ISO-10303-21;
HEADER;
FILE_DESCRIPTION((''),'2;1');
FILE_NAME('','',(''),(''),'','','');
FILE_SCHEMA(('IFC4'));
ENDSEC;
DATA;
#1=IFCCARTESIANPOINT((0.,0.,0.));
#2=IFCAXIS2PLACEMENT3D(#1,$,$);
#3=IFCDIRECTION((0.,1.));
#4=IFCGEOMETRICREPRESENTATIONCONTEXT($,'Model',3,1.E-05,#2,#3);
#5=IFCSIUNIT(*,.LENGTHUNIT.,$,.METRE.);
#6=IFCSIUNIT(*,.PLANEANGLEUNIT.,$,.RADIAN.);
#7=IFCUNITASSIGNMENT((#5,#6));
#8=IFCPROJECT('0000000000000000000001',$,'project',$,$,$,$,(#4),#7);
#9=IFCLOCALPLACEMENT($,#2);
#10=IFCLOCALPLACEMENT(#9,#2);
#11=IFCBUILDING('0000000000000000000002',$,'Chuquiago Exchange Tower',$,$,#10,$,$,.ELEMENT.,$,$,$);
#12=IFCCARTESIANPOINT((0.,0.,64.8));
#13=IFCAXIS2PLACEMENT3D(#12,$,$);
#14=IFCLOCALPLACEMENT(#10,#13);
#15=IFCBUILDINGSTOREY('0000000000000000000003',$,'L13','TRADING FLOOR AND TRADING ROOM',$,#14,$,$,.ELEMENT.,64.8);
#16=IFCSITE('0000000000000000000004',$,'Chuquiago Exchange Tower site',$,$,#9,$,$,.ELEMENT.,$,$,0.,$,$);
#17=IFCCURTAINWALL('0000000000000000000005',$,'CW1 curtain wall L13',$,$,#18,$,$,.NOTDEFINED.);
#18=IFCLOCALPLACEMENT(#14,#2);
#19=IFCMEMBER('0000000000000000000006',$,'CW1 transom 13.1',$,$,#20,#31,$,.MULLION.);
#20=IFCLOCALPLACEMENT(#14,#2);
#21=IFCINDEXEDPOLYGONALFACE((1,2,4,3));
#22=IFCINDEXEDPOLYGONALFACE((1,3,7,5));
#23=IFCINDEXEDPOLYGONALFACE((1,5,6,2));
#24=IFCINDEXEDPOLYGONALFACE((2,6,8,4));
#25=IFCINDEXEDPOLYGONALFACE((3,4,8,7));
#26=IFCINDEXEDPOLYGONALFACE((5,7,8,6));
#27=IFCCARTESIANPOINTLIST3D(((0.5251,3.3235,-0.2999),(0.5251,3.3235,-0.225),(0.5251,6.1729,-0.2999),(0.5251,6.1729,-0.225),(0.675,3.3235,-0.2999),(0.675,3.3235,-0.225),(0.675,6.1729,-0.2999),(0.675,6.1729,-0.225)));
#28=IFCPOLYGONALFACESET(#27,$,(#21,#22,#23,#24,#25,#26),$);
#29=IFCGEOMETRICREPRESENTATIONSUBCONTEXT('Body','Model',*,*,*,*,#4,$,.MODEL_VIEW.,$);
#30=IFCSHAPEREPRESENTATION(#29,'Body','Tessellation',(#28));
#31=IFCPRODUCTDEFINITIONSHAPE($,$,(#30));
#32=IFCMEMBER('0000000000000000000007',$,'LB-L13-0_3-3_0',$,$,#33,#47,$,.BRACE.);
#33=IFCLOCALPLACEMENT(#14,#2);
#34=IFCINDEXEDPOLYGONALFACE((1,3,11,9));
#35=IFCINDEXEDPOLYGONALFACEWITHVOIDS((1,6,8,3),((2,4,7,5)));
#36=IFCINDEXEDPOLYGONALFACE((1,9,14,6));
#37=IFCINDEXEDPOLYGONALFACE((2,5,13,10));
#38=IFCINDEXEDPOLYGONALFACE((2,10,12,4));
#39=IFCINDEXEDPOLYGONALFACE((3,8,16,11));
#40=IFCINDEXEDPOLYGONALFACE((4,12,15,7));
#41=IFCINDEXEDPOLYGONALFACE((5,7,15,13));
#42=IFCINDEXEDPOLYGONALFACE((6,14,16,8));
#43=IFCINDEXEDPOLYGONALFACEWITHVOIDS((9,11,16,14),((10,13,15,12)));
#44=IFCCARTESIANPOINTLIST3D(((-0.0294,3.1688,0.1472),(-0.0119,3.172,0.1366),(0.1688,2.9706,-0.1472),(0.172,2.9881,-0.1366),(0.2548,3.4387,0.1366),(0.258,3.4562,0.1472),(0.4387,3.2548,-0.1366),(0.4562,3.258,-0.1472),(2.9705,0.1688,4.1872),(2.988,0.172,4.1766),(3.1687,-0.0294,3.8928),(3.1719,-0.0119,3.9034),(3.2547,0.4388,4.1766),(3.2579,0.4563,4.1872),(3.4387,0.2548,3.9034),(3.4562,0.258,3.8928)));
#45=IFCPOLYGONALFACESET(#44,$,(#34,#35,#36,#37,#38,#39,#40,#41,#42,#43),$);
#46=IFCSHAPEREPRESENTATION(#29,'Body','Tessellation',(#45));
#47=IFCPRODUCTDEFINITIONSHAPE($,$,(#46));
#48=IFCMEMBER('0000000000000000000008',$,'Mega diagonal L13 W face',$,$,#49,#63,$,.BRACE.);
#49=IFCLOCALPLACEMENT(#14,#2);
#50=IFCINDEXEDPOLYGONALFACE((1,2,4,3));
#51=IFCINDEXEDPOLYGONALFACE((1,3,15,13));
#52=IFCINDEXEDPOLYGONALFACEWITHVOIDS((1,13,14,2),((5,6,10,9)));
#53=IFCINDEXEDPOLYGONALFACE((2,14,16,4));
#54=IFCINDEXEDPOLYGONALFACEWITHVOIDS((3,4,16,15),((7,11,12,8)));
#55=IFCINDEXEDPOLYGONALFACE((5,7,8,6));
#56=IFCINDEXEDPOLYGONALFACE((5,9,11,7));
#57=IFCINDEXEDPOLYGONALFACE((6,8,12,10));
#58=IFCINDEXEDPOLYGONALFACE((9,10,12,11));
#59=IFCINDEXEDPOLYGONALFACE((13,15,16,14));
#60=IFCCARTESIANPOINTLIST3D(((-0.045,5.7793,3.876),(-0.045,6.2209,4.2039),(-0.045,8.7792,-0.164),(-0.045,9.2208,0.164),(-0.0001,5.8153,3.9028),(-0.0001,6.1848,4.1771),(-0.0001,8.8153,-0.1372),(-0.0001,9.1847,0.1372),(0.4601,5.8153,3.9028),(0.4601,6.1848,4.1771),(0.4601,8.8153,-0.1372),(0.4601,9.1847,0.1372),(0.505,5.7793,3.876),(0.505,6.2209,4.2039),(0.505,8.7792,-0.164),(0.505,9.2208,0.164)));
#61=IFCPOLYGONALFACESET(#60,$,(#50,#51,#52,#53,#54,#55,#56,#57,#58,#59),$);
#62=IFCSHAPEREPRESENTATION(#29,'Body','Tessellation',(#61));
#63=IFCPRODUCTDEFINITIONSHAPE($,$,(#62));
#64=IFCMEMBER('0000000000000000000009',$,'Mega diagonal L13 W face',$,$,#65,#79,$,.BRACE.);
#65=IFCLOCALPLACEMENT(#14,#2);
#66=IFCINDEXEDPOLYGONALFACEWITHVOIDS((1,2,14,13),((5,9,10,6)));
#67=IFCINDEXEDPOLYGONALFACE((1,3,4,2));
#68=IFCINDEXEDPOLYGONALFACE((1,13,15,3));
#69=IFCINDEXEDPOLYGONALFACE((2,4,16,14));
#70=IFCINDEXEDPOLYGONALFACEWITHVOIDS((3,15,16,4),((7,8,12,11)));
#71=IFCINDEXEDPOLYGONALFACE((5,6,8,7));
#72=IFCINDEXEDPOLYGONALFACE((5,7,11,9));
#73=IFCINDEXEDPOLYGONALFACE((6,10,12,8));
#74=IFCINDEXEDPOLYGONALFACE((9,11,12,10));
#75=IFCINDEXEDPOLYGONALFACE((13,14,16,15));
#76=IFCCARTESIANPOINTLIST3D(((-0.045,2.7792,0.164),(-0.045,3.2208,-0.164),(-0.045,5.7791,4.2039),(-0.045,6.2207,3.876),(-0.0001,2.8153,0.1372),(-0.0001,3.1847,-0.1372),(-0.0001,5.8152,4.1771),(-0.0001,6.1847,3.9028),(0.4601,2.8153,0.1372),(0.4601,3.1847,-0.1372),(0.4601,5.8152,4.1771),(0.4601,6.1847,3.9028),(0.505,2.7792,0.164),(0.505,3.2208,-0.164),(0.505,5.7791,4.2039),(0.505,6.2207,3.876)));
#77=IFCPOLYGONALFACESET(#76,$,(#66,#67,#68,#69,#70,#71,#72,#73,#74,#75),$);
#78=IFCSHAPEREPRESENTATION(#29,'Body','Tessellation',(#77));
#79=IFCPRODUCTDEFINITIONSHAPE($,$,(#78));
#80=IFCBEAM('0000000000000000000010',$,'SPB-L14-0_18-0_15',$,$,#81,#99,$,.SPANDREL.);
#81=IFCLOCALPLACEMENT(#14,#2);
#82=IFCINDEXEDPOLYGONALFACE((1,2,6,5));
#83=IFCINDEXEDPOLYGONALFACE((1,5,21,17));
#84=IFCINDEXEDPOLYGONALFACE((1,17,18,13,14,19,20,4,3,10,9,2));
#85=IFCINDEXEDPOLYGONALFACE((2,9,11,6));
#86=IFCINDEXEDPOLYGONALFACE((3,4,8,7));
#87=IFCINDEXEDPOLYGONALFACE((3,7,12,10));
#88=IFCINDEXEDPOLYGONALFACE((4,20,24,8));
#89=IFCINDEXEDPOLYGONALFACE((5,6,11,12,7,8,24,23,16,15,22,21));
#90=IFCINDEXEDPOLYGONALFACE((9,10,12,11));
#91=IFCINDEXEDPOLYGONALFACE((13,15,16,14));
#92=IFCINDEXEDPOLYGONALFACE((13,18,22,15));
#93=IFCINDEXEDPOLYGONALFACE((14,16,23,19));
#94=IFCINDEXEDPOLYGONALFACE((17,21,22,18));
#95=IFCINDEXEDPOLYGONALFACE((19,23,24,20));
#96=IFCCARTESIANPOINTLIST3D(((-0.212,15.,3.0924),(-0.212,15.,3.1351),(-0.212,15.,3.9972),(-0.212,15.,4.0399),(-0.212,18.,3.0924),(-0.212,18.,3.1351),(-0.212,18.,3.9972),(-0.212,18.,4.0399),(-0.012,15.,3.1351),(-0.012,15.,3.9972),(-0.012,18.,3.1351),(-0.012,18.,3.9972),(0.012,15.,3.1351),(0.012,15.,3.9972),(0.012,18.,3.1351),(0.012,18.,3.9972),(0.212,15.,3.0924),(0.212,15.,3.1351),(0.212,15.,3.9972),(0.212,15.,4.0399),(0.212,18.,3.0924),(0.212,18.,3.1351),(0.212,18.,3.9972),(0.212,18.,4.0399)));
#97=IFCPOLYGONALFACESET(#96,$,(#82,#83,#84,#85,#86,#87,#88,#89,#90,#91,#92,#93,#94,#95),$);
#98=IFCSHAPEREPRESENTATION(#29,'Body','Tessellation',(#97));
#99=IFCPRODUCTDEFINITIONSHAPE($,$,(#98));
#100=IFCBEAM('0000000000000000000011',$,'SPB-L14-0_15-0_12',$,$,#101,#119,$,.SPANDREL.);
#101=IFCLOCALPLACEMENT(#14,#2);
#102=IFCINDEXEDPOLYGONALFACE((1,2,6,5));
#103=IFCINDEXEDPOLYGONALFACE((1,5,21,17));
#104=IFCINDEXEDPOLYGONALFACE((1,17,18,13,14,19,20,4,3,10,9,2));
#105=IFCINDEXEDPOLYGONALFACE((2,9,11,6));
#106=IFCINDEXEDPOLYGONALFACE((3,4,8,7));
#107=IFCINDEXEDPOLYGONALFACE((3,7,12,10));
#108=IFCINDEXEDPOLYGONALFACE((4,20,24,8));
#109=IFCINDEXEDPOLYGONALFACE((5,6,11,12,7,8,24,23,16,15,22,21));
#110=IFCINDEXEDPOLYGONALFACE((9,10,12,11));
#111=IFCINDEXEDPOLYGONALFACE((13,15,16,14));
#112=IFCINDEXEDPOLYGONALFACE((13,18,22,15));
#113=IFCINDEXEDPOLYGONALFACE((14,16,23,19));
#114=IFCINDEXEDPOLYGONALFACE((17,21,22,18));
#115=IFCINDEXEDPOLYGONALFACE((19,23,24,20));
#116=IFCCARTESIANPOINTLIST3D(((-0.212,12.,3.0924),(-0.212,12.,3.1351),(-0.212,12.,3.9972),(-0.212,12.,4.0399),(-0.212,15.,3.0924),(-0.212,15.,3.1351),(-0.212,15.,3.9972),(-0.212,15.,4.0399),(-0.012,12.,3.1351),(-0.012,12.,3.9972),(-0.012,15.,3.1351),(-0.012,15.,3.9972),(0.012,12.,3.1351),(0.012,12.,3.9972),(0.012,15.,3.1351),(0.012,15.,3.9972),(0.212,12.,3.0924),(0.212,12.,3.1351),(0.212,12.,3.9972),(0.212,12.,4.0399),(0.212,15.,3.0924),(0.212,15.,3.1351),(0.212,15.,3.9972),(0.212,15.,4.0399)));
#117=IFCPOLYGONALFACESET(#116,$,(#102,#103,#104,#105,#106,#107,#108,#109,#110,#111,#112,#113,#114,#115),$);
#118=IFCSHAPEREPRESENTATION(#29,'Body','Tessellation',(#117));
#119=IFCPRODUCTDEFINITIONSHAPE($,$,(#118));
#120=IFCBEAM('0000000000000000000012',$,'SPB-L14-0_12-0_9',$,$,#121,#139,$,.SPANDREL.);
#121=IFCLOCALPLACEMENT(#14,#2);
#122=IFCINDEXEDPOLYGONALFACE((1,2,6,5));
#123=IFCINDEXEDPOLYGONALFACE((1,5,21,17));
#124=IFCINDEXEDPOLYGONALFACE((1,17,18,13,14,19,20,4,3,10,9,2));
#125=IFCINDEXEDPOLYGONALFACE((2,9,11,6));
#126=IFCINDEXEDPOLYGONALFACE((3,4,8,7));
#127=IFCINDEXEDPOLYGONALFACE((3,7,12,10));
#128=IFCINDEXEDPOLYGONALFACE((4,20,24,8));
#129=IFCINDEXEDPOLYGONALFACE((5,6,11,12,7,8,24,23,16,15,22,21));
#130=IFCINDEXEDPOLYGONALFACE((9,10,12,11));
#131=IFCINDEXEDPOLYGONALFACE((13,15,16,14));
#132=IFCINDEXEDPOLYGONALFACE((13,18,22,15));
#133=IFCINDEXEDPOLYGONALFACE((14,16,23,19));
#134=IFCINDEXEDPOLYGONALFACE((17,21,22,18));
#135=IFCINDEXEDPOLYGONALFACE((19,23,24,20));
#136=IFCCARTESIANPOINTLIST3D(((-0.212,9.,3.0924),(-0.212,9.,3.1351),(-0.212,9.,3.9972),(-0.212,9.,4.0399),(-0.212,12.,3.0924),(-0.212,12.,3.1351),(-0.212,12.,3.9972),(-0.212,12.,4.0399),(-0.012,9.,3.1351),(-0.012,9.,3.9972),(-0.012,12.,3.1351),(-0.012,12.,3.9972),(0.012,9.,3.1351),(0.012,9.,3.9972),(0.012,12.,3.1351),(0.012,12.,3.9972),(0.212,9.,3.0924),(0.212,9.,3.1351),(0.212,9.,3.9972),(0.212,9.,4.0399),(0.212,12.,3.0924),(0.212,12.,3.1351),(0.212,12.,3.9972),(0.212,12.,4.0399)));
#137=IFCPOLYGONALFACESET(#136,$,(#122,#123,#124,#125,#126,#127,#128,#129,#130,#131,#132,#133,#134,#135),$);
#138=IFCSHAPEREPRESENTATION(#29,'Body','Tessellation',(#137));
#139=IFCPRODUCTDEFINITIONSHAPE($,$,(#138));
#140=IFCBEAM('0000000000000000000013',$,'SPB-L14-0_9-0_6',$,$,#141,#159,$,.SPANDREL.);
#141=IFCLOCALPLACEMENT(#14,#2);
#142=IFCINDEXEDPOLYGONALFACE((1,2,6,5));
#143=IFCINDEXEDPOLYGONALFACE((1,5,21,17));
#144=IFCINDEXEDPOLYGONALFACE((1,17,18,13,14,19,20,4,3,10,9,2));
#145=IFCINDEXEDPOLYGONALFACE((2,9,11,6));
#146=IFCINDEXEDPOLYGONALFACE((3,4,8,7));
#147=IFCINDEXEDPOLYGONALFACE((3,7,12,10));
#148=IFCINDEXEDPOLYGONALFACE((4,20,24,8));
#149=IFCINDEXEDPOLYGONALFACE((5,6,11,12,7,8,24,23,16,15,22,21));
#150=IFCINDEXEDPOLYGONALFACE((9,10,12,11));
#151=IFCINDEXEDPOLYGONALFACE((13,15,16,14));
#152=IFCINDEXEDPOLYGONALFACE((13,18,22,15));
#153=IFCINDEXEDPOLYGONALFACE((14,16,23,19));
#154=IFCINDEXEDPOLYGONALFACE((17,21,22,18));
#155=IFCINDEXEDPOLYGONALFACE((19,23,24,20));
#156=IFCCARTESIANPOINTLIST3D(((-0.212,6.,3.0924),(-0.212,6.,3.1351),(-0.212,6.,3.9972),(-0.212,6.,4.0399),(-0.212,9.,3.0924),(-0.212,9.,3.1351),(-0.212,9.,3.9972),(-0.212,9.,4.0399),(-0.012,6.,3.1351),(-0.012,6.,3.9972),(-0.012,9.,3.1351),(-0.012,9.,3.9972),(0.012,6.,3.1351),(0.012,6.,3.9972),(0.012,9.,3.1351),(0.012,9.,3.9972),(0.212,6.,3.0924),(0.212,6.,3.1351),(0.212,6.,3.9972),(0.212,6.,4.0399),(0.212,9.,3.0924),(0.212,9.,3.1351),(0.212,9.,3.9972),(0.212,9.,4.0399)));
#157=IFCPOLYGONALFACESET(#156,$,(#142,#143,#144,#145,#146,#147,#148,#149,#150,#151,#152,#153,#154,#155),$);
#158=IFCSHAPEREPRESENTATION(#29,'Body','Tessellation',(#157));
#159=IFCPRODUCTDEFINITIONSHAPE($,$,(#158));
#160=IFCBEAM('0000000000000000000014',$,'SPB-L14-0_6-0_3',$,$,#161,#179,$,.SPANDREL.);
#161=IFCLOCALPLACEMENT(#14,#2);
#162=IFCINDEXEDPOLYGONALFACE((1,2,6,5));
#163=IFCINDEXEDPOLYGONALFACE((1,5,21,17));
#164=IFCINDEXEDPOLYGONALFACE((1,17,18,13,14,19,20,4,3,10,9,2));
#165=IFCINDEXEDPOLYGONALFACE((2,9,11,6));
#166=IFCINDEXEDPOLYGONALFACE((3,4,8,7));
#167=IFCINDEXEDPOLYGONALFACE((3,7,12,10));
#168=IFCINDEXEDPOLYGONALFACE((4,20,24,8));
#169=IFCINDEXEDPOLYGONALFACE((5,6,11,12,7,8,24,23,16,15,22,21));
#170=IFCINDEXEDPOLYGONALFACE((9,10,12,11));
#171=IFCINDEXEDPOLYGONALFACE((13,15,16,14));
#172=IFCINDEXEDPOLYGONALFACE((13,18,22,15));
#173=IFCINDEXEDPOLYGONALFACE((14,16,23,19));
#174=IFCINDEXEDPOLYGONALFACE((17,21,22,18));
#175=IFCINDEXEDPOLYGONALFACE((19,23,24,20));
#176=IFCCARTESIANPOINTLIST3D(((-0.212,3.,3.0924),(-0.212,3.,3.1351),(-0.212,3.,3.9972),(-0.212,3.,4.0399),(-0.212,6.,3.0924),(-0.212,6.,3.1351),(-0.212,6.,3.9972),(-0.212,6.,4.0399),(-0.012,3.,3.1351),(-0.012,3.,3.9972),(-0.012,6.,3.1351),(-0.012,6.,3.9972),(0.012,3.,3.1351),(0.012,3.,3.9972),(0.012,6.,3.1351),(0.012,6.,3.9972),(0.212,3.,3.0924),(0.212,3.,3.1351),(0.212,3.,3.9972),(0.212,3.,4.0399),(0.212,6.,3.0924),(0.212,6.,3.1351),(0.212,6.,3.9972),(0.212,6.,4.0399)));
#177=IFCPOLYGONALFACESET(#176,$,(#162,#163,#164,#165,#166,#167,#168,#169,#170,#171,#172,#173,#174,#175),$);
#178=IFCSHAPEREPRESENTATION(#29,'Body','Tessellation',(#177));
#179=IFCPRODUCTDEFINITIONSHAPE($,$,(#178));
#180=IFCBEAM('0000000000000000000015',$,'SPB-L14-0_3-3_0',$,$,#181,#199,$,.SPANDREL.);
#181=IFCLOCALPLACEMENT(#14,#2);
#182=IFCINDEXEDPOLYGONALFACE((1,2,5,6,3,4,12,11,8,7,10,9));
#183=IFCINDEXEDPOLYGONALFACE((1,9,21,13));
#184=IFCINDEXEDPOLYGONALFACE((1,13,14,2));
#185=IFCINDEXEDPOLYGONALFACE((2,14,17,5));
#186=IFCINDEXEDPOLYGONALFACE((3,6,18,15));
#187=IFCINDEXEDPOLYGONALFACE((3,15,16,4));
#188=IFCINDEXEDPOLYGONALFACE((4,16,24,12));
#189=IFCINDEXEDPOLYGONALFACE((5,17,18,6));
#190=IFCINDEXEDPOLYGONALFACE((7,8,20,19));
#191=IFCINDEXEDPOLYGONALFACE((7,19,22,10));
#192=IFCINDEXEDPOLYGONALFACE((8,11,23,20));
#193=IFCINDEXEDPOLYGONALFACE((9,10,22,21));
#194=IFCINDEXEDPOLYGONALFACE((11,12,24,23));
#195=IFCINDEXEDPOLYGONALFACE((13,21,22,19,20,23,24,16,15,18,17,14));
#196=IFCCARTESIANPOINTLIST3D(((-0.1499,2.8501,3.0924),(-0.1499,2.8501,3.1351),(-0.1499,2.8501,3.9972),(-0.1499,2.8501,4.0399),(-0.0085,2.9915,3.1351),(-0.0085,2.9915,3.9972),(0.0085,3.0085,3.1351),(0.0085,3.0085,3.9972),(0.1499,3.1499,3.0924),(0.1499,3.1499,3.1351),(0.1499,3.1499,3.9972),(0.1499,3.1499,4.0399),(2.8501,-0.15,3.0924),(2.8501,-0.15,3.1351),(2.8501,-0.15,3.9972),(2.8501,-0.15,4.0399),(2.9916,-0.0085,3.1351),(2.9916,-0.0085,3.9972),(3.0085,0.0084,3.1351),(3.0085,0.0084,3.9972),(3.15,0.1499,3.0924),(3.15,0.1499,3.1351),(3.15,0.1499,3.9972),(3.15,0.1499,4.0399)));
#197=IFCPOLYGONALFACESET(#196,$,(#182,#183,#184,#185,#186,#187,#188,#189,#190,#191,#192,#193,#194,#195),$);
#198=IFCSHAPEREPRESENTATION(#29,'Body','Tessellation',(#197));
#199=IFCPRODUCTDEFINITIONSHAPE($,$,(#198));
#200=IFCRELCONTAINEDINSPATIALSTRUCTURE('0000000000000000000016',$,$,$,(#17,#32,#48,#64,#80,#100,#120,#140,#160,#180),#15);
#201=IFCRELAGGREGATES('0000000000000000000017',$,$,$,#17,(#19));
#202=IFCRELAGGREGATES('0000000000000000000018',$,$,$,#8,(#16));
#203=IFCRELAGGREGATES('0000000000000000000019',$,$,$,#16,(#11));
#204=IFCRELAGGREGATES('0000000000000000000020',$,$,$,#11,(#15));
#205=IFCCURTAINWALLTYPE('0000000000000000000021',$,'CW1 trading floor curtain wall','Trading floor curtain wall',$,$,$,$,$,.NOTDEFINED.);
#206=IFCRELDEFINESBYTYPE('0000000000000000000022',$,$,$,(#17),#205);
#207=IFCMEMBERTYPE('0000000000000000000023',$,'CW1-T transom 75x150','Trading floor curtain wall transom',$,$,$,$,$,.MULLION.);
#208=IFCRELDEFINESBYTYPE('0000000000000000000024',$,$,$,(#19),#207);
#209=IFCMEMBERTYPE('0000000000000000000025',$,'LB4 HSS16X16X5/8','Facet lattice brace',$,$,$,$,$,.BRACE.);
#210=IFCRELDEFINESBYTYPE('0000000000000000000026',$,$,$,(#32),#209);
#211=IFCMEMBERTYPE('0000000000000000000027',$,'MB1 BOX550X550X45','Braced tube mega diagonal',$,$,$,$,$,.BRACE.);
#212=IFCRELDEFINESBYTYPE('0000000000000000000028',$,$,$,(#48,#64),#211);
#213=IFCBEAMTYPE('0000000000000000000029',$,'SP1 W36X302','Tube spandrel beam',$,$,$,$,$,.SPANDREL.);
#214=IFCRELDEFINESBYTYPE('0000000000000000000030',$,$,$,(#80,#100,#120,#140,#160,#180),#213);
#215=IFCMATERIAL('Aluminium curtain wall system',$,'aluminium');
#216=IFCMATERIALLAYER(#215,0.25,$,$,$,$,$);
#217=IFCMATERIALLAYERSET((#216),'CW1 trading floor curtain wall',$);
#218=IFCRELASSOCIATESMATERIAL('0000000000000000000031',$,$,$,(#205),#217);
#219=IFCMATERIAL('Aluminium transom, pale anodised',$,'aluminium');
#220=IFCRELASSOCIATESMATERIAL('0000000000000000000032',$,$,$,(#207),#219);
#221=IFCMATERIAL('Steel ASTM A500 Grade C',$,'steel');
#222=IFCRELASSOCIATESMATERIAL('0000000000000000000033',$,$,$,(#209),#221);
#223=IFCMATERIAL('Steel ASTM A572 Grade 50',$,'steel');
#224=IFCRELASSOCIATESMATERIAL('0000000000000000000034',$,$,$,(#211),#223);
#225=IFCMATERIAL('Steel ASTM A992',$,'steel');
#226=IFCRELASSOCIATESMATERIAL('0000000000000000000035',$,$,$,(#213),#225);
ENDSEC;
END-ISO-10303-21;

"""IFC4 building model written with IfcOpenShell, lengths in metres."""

from ifc_helpers import new_model, si_unit, direction, frame, origin, origin_2d, place, context, subcontext, project, spatial, rectangle, hollow_rectangle, i_section, extrude, material, layer, layer_set, material_profile, profile_set, type_object, element, aggregate, save


model = new_model("IFC4")

# Units and contexts
model_context = context("Model", 3, precision=1e-05, world=origin(), true_north=direction((0.0, 1.0)))
body_context = subcontext(model_context, "Body", "Model", "MODEL_VIEW")
ifc_project = project(units=[si_unit("LENGTHUNIT", "METRE"), si_unit("PLANEANGLEUNIT", "RADIAN")], contexts=[model_context])

# Site, building, storey
site_placement = place(None, origin())
site = spatial("IfcSite", under=ifc_project, at=site_placement, Name="Chuquiago Exchange Tower site", CompositionType="ELEMENT", RefElevation=0.0)
building_placement = place(site_placement, origin())
building = spatial("IfcBuilding", under=site, at=building_placement, Name="Chuquiago Exchange Tower", CompositionType="ELEMENT")
storey_placement = place(building_placement, frame((0.0, 0.0, 64.8)))
storey = spatial("IfcBuildingStorey", under=building, at=storey_placement, Name="L13", Description="TRADING FLOOR AND TRADING ROOM", CompositionType="ELEMENT", Elevation=64.8)

# Curtain wall, member
ifc_material_1 = material(Name="Aluminium curtain wall system", Category="aluminium")
ifc_layer_1 = layer(ifc_material_1, 0.25)
ifc_layer_set_1 = layer_set([ifc_layer_1], Name="CW1 trading floor curtain wall")
curtain_wall_type = type_object("IfcCurtainWallType", Name="CW1 trading floor curtain wall", Description="Trading floor curtain wall", PredefinedType="NOTDEFINED", material=ifc_layer_set_1)
curtain_wall_placement = place(storey_placement, origin())
curtain_wall = element("IfcCurtainWall", 1, at=curtain_wall_placement, inside=storey, type_object=curtain_wall_type, Name="CW1 curtain wall L13", PredefinedType="NOTDEFINED")
ifc_material_2 = material(Name="Aluminium transom, pale anodised", Category="aluminium")
ifc_material_profile_1 = material_profile(ifc_material_2, rectangle(XDim=0.1499, YDim=0.075, at=origin_2d()), Name="AL 150x75")
ifc_profile_set_1 = profile_set([ifc_material_profile_1], Name="Aluminium transom, pale anodised")
member_type_1 = type_object("IfcMemberType", Name="CW1-T transom 75x150", Description="Trading floor curtain wall transom", PredefinedType="MULLION", material=ifc_profile_set_1)
member_1_placement = place(storey_placement, frame((0.6001, 6.1729, -0.2625), z_axis=(0.0, -1.0, 0.0), x_axis=(1.0, 0.0, 0.0)))
member_1 = element("IfcMember", 2, at=member_1_placement, type_object=member_type_1, Name="CW1 transom 13.1", PredefinedType="MULLION", context=body_context, shape_type="SweptSolid", body=[
    extrude(rectangle(XDim=0.1499, YDim=0.075, at=origin_2d()), origin(), (0.0, 0.0, 1.0), 2.8494),
])

# Members
ifc_material_3 = material(Name="Steel ASTM A500 Grade C", Category="steel")
ifc_material_profile_2 = material_profile(ifc_material_3, hollow_rectangle(XDim=0.4065, YDim=0.4065, WallThickness=0.0146, at=origin_2d()), Name="HSS16X16X5/8")
ifc_profile_set_2 = profile_set([ifc_material_profile_2], Name="Steel ASTM A500 Grade C")
member_type_2 = type_object("IfcMemberType", Name="LB4 HSS16X16X5/8", Description="Facet lattice brace", PredefinedType="BRACE", material=ifc_profile_set_2)
member_2_placement = place(storey_placement, frame((0.2134, 3.2134, 0.0), z_axis=(0.512077, -0.512077, 0.689604), x_axis=(0.707107, 0.707107, 0.0)))
element("IfcMember", 3, at=member_2_placement, inside=storey, type_object=member_type_2, Name="LB-L13-0_3-3_0", PredefinedType="BRACE", context=body_context, shape_type="SweptSolid", body=[
    extrude(hollow_rectangle(XDim=0.4065, YDim=0.4065, WallThickness=0.0146, at=origin_2d()), origin(), (0.0, 0.0, 1.0), 5.8584),
])
ifc_material_4 = material(Name="Steel ASTM A572 Grade 50", Category="steel")
ifc_material_profile_3 = material_profile(ifc_material_4, hollow_rectangle(XDim=0.55, YDim=0.55, WallThickness=0.0449, at=origin_2d()), Name="BOX550X550X45")
ifc_profile_set_3 = profile_set([ifc_material_profile_3], Name="Steel ASTM A572 Grade 50")
member_type_3 = type_object("IfcMemberType", Name="MB1 BOX550X550X45", Description="Braced tube mega diagonal", PredefinedType="BRACE", material=ifc_profile_set_3)
for number, where, z_axis, x_axis, name in (
    (4, (0.23, 9.0, 0.0), (0.0, -0.596174, 0.802855), (1.0, 0.0, 0.0), "Mega diagonal L13 W face"),
    (5, (0.23, 3.0, 0.0), (0.0, 0.596174, 0.802855), (-1.0, 0.0, 0.0), "Mega diagonal L13 W face"),
):
    element("IfcMember", number, at=place(storey_placement, frame(where, z_axis=z_axis, x_axis=x_axis)), inside=storey, type_object=member_type_3, Name=name, PredefinedType="BRACE", context=body_context, shape_type="SweptSolid", body=[
        extrude(hollow_rectangle(XDim=0.55, YDim=0.55, WallThickness=0.0449, at=origin_2d()), origin(), (0.0, 0.0, 1.0), 5.032),
    ])

# Beams
ifc_material_5 = material(Name="Steel ASTM A992", Category="steel")
ifc_material_profile_4 = material_profile(ifc_material_5, i_section(OverallWidth=0.4241, OverallDepth=0.9475, WebThickness=0.0239, FlangeThickness=0.0427, at=origin_2d()), Name="W36X302")
ifc_profile_set_4 = profile_set([ifc_material_profile_4], Name="Steel ASTM A992")
beam_type = type_object("IfcBeamType", Name="SP1 W36X302", Description="Tube spandrel beam", PredefinedType="SPANDREL", material=ifc_profile_set_4)
for number, where, z_axis, x_axis, name in (
    (6, (0.0, 18.0, 3.5662), (0.0, -1.0, 0.0), (1.0, 0.0, 0.0), "SPB-L14-0_18-0_15"),
    (7, (0.0, 15.0, 3.5662), (0.0, -1.0, 0.0), (1.0, 0.0, 0.0), "SPB-L14-0_15-0_12"),
    (8, (0.0, 12.0, 3.5662), (0.0, -1.0, 0.0), (1.0, 0.0, 0.0), "SPB-L14-0_12-0_9"),
    (9, (0.0, 9.0, 3.5662), (0.0, -1.0, 0.0), (1.0, 0.0, 0.0), "SPB-L14-0_9-0_6"),
    (10, (0.0, 6.0, 3.5662), (0.0, -1.0, 0.0), (1.0, 0.0, 0.0), "SPB-L14-0_6-0_3"),
):
    element("IfcBeam", number, at=place(storey_placement, frame(where, z_axis=z_axis, x_axis=x_axis)), inside=storey, type_object=beam_type, Name=name, PredefinedType="SPANDREL", context=body_context, shape_type="SweptSolid", body=[
        extrude(i_section(OverallWidth=0.4241, OverallDepth=0.9475, WebThickness=0.0239, FlangeThickness=0.0427, at=origin_2d()), origin(), (0.0, 0.0, 1.0), 3.0),
    ])
beam_placement = place(storey_placement, frame((0.0, 3.0, 3.5662), z_axis=(0.707107, -0.707107, 0.0), x_axis=(0.707107, 0.707107, 0.0)))
element("IfcBeam", 11, at=beam_placement, inside=storey, type_object=beam_type, Name="SPB-L14-0_3-3_0", PredefinedType="SPANDREL", context=body_context, shape_type="SweptSolid", body=[
    extrude(i_section(OverallWidth=0.4241, OverallDepth=0.9475, WebThickness=0.0239, FlangeThickness=0.0427, at=origin_2d()), origin(), (0.0, 0.0, 1.0), 4.2427),
])

aggregate(curtain_wall, [member_1])

save(model, "model.ifc")
